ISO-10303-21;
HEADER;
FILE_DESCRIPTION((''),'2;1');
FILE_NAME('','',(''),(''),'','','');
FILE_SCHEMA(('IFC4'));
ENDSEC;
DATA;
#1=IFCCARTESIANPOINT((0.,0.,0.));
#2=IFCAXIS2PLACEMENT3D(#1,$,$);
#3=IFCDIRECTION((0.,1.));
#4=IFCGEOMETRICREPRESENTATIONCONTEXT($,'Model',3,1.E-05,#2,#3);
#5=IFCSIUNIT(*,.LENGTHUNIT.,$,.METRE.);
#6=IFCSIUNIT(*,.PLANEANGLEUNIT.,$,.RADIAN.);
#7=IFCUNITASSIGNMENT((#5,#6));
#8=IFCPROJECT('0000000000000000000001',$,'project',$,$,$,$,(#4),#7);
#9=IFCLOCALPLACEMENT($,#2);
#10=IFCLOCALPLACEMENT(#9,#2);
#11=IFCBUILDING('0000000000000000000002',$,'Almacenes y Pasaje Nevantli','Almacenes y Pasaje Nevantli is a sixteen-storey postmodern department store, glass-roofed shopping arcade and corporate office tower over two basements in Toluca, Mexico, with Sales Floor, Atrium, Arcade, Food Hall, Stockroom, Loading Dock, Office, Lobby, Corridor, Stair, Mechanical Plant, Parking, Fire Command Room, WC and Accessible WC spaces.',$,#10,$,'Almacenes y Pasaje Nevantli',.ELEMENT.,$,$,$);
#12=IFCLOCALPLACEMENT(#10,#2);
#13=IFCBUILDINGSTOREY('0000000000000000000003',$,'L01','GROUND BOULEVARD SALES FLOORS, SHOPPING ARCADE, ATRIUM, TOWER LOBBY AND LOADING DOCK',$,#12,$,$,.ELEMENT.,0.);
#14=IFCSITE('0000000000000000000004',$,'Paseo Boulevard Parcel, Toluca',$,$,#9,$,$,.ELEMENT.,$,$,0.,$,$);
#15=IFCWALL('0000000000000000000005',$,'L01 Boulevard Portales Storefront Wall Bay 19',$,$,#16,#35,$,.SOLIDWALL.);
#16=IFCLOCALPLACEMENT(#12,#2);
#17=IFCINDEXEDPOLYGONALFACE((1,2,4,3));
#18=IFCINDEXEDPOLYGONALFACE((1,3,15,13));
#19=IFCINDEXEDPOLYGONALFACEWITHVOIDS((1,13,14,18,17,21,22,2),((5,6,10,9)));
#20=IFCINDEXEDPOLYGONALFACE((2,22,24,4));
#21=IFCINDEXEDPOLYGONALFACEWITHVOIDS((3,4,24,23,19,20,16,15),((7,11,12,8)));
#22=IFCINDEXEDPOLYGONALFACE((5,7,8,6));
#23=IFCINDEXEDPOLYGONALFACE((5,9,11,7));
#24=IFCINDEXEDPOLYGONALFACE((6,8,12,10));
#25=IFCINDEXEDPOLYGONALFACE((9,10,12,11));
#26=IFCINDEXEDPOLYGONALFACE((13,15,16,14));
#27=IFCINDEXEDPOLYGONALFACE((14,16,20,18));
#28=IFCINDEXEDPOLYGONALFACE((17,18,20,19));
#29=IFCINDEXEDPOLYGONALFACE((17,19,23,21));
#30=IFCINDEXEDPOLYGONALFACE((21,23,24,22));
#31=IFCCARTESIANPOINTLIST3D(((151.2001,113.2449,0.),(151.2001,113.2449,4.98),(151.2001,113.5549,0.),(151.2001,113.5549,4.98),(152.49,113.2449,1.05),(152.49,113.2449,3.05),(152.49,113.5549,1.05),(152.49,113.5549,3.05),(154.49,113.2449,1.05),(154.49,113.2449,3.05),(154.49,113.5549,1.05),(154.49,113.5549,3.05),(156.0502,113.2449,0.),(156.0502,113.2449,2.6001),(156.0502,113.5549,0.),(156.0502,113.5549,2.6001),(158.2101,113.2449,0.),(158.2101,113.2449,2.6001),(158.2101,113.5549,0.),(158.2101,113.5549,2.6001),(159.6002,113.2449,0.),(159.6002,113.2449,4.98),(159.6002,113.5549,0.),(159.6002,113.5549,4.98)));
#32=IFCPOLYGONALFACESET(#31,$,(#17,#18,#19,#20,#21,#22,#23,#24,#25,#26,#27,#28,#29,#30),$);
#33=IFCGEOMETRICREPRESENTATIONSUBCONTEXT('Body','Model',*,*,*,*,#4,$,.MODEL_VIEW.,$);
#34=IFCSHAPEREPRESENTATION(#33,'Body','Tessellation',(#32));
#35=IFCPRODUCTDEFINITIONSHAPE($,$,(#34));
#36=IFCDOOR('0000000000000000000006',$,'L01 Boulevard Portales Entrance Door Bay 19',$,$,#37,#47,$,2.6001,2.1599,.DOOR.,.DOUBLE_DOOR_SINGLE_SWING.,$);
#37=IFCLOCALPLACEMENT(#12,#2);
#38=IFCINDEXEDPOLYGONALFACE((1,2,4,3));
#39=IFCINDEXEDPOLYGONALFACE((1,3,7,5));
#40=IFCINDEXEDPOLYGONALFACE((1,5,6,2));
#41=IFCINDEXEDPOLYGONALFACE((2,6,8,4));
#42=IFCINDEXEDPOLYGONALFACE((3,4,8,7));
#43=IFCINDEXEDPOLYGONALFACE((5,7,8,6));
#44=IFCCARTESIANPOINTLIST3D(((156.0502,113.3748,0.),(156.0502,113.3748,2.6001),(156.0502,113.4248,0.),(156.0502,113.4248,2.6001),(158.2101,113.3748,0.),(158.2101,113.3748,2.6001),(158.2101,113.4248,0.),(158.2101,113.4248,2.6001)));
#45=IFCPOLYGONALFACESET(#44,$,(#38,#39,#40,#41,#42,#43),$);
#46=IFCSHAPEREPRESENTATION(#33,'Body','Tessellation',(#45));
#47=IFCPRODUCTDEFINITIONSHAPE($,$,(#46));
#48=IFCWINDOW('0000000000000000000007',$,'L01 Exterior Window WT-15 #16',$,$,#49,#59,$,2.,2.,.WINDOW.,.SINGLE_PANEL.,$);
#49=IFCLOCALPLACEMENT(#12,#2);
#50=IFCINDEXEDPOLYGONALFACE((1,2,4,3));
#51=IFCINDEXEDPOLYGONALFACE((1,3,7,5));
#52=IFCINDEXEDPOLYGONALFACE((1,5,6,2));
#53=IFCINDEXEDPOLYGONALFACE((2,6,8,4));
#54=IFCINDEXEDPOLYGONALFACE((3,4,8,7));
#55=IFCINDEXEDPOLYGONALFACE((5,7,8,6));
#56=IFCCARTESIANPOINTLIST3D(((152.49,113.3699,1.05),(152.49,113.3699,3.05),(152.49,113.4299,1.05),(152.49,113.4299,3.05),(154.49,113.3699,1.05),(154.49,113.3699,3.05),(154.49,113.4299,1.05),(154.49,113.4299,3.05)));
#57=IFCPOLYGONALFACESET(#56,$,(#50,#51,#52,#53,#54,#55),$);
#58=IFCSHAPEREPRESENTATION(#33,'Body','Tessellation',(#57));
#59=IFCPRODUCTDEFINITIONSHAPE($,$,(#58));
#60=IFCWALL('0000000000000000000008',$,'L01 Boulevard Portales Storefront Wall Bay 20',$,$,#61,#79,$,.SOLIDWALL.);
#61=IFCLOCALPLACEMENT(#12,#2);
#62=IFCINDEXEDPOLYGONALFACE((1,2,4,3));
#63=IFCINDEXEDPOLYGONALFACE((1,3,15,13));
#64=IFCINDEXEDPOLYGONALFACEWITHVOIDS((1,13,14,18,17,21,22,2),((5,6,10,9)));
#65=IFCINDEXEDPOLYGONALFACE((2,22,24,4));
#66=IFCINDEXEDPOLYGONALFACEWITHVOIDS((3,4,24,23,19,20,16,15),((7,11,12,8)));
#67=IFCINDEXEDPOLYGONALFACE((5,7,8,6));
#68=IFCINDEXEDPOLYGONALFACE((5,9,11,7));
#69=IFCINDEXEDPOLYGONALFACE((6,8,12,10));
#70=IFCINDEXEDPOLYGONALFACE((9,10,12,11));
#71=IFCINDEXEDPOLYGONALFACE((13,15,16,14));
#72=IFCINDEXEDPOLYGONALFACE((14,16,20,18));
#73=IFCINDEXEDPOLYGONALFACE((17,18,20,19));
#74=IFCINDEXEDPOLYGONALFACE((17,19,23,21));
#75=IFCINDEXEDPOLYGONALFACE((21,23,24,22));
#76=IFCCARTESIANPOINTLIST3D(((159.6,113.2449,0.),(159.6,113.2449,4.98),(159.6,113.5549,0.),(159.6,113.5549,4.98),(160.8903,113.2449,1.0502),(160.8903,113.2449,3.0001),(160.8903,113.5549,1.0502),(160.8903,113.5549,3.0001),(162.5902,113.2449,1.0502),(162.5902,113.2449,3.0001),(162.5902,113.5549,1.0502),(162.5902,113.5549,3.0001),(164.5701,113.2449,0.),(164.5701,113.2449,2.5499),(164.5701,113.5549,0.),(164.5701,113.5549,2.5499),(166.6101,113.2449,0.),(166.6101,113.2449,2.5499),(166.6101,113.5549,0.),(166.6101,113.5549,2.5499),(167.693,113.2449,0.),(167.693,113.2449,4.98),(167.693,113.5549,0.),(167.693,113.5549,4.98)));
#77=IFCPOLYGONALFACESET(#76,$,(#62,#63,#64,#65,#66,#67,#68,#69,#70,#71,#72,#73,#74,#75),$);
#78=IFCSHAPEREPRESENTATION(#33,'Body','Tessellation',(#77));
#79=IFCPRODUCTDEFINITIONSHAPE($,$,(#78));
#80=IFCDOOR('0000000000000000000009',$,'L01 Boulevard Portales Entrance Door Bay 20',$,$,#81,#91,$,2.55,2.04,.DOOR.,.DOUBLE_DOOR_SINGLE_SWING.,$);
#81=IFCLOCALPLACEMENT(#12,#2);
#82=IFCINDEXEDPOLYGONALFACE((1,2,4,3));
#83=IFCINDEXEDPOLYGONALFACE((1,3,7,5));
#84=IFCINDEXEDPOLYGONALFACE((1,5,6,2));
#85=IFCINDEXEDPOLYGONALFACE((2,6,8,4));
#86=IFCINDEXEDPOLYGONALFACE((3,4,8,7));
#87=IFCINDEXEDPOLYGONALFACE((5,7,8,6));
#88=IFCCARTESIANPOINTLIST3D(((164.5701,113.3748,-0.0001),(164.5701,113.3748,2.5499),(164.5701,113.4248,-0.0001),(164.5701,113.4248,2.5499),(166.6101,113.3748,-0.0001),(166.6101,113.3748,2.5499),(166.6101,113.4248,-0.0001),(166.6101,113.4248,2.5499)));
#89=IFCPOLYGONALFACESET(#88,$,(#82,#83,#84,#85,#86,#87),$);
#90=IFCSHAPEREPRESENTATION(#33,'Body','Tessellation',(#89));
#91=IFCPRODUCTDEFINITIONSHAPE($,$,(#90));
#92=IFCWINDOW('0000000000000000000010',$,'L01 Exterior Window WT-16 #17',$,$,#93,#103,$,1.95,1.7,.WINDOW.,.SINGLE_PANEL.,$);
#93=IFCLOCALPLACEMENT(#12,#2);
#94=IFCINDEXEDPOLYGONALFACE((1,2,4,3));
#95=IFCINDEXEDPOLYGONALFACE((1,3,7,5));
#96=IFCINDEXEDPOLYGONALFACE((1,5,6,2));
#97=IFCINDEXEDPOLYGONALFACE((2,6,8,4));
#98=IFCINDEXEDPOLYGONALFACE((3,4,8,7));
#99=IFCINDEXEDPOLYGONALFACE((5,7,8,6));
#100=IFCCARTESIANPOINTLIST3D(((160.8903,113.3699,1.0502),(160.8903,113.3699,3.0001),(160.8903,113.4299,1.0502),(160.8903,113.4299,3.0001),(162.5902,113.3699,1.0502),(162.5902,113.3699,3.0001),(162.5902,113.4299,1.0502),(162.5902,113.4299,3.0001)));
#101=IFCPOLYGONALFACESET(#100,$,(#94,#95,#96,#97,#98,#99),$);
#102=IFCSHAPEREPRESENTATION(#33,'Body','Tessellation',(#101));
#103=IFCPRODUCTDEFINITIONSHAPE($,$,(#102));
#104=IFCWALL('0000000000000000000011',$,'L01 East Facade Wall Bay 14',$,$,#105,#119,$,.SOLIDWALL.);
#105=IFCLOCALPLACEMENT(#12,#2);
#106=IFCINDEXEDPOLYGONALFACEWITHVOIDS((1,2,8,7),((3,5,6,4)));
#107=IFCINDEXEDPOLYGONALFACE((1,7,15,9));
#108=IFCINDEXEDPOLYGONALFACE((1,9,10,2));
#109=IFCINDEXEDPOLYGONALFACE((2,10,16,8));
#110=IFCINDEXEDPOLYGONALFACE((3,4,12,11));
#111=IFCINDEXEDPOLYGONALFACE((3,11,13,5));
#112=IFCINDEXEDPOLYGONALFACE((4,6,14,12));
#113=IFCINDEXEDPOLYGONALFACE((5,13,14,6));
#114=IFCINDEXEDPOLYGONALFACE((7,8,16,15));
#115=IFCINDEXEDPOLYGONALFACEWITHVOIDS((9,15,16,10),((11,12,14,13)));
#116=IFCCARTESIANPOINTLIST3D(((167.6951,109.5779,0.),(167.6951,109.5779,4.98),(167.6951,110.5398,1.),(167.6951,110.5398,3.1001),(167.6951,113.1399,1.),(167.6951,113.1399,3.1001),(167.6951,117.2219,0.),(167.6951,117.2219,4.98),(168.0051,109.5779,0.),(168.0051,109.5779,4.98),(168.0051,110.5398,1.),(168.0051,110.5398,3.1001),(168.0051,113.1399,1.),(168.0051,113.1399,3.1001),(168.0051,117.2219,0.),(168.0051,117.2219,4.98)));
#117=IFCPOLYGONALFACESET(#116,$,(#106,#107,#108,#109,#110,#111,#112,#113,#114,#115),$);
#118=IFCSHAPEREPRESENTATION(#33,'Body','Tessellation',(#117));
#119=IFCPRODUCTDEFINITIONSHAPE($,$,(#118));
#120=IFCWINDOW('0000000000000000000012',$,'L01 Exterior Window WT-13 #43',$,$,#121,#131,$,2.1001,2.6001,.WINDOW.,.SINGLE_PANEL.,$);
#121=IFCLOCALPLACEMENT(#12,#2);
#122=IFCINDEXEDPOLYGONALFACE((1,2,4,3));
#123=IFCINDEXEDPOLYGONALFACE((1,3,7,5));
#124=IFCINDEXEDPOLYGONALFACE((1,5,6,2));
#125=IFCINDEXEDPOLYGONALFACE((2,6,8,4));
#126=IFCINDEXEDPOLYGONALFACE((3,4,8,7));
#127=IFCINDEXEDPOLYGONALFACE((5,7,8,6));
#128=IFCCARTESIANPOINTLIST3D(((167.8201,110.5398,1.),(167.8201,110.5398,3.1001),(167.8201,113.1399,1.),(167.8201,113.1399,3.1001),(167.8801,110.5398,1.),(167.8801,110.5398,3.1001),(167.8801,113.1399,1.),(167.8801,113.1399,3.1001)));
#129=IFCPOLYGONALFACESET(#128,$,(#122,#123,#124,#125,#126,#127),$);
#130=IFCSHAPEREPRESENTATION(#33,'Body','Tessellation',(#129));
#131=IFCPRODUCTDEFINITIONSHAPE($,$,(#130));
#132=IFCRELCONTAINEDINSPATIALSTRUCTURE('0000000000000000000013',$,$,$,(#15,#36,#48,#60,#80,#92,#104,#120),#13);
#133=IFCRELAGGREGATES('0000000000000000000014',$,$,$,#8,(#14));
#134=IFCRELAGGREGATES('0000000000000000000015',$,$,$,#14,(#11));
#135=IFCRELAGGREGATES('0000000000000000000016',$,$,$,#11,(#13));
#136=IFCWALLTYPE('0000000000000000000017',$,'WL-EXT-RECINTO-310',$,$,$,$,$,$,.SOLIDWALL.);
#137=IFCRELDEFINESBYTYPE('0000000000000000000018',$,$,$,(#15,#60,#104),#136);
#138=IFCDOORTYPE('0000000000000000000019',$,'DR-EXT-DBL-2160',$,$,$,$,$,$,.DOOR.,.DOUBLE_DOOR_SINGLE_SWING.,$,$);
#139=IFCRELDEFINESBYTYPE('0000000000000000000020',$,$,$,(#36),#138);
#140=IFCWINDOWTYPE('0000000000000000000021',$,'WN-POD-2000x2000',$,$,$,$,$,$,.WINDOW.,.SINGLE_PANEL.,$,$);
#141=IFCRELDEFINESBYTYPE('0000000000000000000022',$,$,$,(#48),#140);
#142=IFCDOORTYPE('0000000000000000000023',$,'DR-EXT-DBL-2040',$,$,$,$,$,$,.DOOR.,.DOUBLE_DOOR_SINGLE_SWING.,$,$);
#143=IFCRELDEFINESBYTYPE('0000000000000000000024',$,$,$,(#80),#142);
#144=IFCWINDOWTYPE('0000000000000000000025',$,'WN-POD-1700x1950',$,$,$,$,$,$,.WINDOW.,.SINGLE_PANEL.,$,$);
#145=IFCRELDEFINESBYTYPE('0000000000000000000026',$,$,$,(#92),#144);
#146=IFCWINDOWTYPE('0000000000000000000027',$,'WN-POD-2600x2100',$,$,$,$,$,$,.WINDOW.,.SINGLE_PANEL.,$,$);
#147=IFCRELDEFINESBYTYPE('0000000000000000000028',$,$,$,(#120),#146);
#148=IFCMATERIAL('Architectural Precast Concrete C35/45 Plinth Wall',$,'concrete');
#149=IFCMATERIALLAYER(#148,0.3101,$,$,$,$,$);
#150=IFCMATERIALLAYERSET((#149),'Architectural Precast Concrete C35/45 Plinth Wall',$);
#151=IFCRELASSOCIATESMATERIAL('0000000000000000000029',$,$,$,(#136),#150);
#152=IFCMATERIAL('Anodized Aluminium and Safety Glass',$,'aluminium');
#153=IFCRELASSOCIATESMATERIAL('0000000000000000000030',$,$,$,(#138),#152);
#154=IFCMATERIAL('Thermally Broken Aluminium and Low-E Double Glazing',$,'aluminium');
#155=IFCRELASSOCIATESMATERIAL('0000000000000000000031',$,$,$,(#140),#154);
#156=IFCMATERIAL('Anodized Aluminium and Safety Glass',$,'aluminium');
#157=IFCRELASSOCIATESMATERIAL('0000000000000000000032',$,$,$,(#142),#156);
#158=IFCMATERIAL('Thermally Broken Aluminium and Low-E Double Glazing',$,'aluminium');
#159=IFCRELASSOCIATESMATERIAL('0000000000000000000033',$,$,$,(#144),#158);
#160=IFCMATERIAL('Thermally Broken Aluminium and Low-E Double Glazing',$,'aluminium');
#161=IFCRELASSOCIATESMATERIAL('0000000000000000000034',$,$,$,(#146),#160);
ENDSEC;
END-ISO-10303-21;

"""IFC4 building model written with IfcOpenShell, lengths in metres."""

from ifc_helpers import new_model, si_unit, direction, frame, frame_2d, origin, place, context, subcontext, project, spatial, rectangle, extrude, material, layer, layer_set, type_object, element, fill, save


model = new_model("IFC4")

# Units and contexts
model_context = context("Model", 3, precision=1e-05, world=origin(), true_north=direction((0.0, 1.0)))
body_context = subcontext(model_context, "Body", "Model", "MODEL_VIEW")
ifc_project = project(units=[si_unit("LENGTHUNIT", "METRE"), si_unit("PLANEANGLEUNIT", "RADIAN")], contexts=[model_context])

# Site, building, storey
site_placement = place(None, origin())
site = spatial("IfcSite", under=ifc_project, at=site_placement, Name="Paseo Boulevard Parcel, Toluca", CompositionType="ELEMENT", RefElevation=0.0)
building_placement = place(site_placement, origin())
building = spatial("IfcBuilding", under=site, at=building_placement, Name="Almacenes y Pasaje Nevantli", Description="Almacenes y Pasaje Nevantli is a sixteen-storey postmodern department store, glass-roofed shopping arcade and corporate office tower over two basements in Toluca, Mexico, with Sales Floor, Atrium, Arcade, Food Hall, Stockroom, Loading Dock, Office, Lobby, Corridor, Stair, Mechanical Plant, Parking, Fire Command Room, WC and Accessible WC spaces.", LongName="Almacenes y Pasaje Nevantli", CompositionType="ELEMENT")
storey_placement = place(building_placement, origin())
storey = spatial("IfcBuildingStorey", under=building, at=storey_placement, Name="L01", Description="GROUND BOULEVARD SALES FLOORS, SHOPPING ARCADE, ATRIUM, TOWER LOBBY AND LOADING DOCK", CompositionType="ELEMENT", Elevation=0.0)

# Walls, openings, doors, windows
ifc_material_1 = material(Name="Architectural Precast Concrete C35/45 Plinth Wall", Category="concrete")
ifc_layer_1 = layer(ifc_material_1, 0.3101)
ifc_layer_set_1 = layer_set([ifc_layer_1], Name="Architectural Precast Concrete C35/45 Plinth Wall")
wall_type_1 = type_object("IfcWallType", Name="WL-EXT-RECINTO-310", PredefinedType="SOLIDWALL", material=ifc_layer_set_1)
wall_1_placement = place(storey_placement, frame((151.2, 113.3999, 0.0), z_axis=(0.0, 0.0, 1.0), x_axis=(1.0, 0.0, 0.0)))
wall_1 = element("IfcWall", 1, at=wall_1_placement, inside=storey, type_object=wall_type_1, Name="L01 Boulevard Portales Storefront Wall Bay 19", PredefinedType="SOLIDWALL", context=body_context, shape_type="SweptSolid", body=[
    extrude(rectangle(XDim=8.4001, YDim=0.3101, at=frame_2d((4.2002, 0.0))), origin(), (0.0, 0.0, 1.0), 4.98),
])
opening_1_placement = place(wall_1_placement, frame((1.29, 0.0, 1.05)))
opening_1 = element("IfcOpeningElement", 2, at=opening_1_placement, cuts=wall_1, PredefinedType="OPENING", context=body_context, shape_type="SweptSolid", body=[
    extrude(rectangle(XDim=2.0, YDim=2.0, at=frame_2d((1.0, 1.0))), frame((0.0, 0.165, 0.0), z_axis=(0.0, -1.0, 0.0), x_axis=(1.0, 0.0, 0.0)), (0.0, 0.0, 1.0), 0.3301),
])
opening_2_placement = place(wall_1_placement, frame((4.8501, 0.0, 0.0)))
opening_2 = element("IfcOpeningElement", 3, at=opening_2_placement, cuts=wall_1, PredefinedType="OPENING", context=body_context, shape_type="SweptSolid", body=[
    extrude(rectangle(XDim=2.1599, YDim=2.6001, at=frame_2d((1.0801, 1.3))), frame((0.0, 0.165, 0.0), z_axis=(0.0, -1.0, 0.0), x_axis=(1.0, 0.0, 0.0)), (0.0, 0.0, 1.0), 0.3301),
])
ifc_material_2 = material(Name="Anodized Aluminium and Safety Glass", Category="aluminium")
door_type_1 = type_object("IfcDoorType", Name="DR-EXT-DBL-2160", OperationType="DOUBLE_DOOR_SINGLE_SWING", PredefinedType="DOOR", material=ifc_material_2)
door_1_placement = place(opening_2_placement, origin())
door_1 = element("IfcDoor", 4, at=door_1_placement, inside=storey, type_object=door_type_1, Name="L01 Boulevard Portales Entrance Door Bay 19", OperationType="DOUBLE_DOOR_SINGLE_SWING", OverallHeight=2.6001, OverallWidth=2.1599, PredefinedType="DOOR", context=body_context, shape_type="SweptSolid", body=[
    extrude(rectangle(XDim=2.1599, YDim=2.6001, at=frame_2d((1.0801, 1.3))), frame((0.0, 0.0249, 0.0), z_axis=(0.0, -1.0, 0.0), x_axis=(1.0, 0.0, 0.0)), (0.0, 0.0, 1.0), 0.05),
])
fill(opening_2, door_1)
ifc_material_3 = material(Name="Thermally Broken Aluminium and Low-E Double Glazing", Category="aluminium")
window_type_1 = type_object("IfcWindowType", Name="WN-POD-2000x2000", PartitioningType="SINGLE_PANEL", PredefinedType="WINDOW", material=ifc_material_3)
window_1_placement = place(opening_1_placement, origin())
window_1 = element("IfcWindow", 5, at=window_1_placement, inside=storey, type_object=window_type_1, Name="L01 Exterior Window WT-15 #16", OverallHeight=2.0, OverallWidth=2.0, PartitioningType="SINGLE_PANEL", PredefinedType="WINDOW", context=body_context, shape_type="SweptSolid", body=[
    extrude(rectangle(XDim=2.0, YDim=2.0, at=frame_2d((1.0, 1.0))), frame((0.0, 0.03, 0.0), z_axis=(0.0, -1.0, 0.0), x_axis=(1.0, 0.0, 0.0)), (0.0, 0.0, 1.0), 0.0601),
])
fill(opening_1, window_1)
wall_2_placement = place(storey_placement, frame((159.6001, 113.3999, 0.0), z_axis=(0.0, 0.0, 1.0), x_axis=(1.0, 0.0, 0.0)))
wall_2 = element("IfcWall", 6, at=wall_2_placement, inside=storey, type_object=wall_type_1, Name="L01 Boulevard Portales Storefront Wall Bay 20", PredefinedType="SOLIDWALL", context=body_context, shape_type="SweptSolid", body=[
    extrude(rectangle(XDim=8.093, YDim=0.3101, at=frame_2d((4.0464, 0.0))), origin(), (0.0, 0.0, 1.0), 4.98),
])
opening_3_placement = place(wall_2_placement, frame((1.29, 0.0, 1.05)))
opening_3 = element("IfcOpeningElement", 7, at=opening_3_placement, cuts=wall_2, PredefinedType="OPENING", context=body_context, shape_type="SweptSolid", body=[
    extrude(rectangle(XDim=1.7, YDim=1.95, at=frame_2d((0.8501, 0.9751))), frame((0.0, 0.165, 0.0), z_axis=(0.0, -1.0, 0.0), x_axis=(1.0, 0.0, 0.0)), (0.0, 0.0, 1.0), 0.3301),
])
opening_4_placement = place(wall_2_placement, frame((4.97, 0.0, 0.0)))
opening_4 = element("IfcOpeningElement", 8, at=opening_4_placement, cuts=wall_2, PredefinedType="OPENING", context=body_context, shape_type="SweptSolid", body=[
    extrude(rectangle(XDim=2.04, YDim=2.55, at=frame_2d((1.02, 1.2749))), frame((0.0, 0.165, 0.0), z_axis=(0.0, -1.0, 0.0), x_axis=(1.0, 0.0, 0.0)), (0.0, 0.0, 1.0), 0.3301),
])
ifc_material_4 = material(Name="Anodized Aluminium and Safety Glass", Category="aluminium")
door_type_2 = type_object("IfcDoorType", Name="DR-EXT-DBL-2040", OperationType="DOUBLE_DOOR_SINGLE_SWING", PredefinedType="DOOR", material=ifc_material_4)
door_2_placement = place(opening_4_placement, origin())
door_2 = element("IfcDoor", 9, at=door_2_placement, inside=storey, type_object=door_type_2, Name="L01 Boulevard Portales Entrance Door Bay 20", OperationType="DOUBLE_DOOR_SINGLE_SWING", OverallHeight=2.55, OverallWidth=2.04, PredefinedType="DOOR", context=body_context, shape_type="SweptSolid", body=[
    extrude(rectangle(XDim=2.04, YDim=2.55, at=frame_2d((1.02, 1.2749))), frame((0.0, 0.0249, 0.0), z_axis=(0.0, -1.0, 0.0), x_axis=(1.0, 0.0, 0.0)), (0.0, 0.0, 1.0), 0.05),
])
fill(opening_4, door_2)
ifc_material_5 = material(Name="Thermally Broken Aluminium and Low-E Double Glazing", Category="aluminium")
window_type_2 = type_object("IfcWindowType", Name="WN-POD-1700x1950", PartitioningType="SINGLE_PANEL", PredefinedType="WINDOW", material=ifc_material_5)
window_2_placement = place(opening_3_placement, origin())
window_2 = element("IfcWindow", 10, at=window_2_placement, inside=storey, type_object=window_type_2, Name="L01 Exterior Window WT-16 #17", OverallHeight=1.95, OverallWidth=1.7, PartitioningType="SINGLE_PANEL", PredefinedType="WINDOW", context=body_context, shape_type="SweptSolid", body=[
    extrude(rectangle(XDim=1.7, YDim=1.95, at=frame_2d((0.8501, 0.9751))), frame((0.0, 0.03, 0.0), z_axis=(0.0, -1.0, 0.0), x_axis=(1.0, 0.0, 0.0)), (0.0, 0.0, 1.0), 0.0601),
])
fill(opening_3, window_2)

# Wall, opening, window
wall_3_placement = place(storey_placement, frame((167.8501, 109.5779, 0.0), z_axis=(0.0, 0.0, 1.0), x_axis=(0.0, 1.0, 0.0)))
wall_3 = element("IfcWall", 11, at=wall_3_placement, inside=storey, type_object=wall_type_1, Name="L01 East Facade Wall Bay 14", PredefinedType="SOLIDWALL", context=body_context, shape_type="SweptSolid", body=[
    extrude(rectangle(XDim=7.644, YDim=0.3101, at=frame_2d((3.822, 0.0))), origin(), (0.0, 0.0, 1.0), 4.98),
])
opening_5_placement = place(wall_3_placement, frame((0.9619, 0.0, 1.0)))
opening_5 = element("IfcOpeningElement", 12, at=opening_5_placement, cuts=wall_3, PredefinedType="OPENING", context=body_context, shape_type="SweptSolid", body=[
    extrude(rectangle(XDim=2.6001, YDim=2.1001, at=frame_2d((1.3, 1.05))), frame((0.0, 0.165, 0.0), z_axis=(0.0, -1.0, 0.0), x_axis=(1.0, 0.0, 0.0)), (0.0, 0.0, 1.0), 0.3301),
])
ifc_material_6 = material(Name="Thermally Broken Aluminium and Low-E Double Glazing", Category="aluminium")
window_type_3 = type_object("IfcWindowType", Name="WN-POD-2600x2100", PartitioningType="SINGLE_PANEL", PredefinedType="WINDOW", material=ifc_material_6)
window_3_placement = place(opening_5_placement, origin())
window_3 = element("IfcWindow", 13, at=window_3_placement, inside=storey, type_object=window_type_3, Name="L01 Exterior Window WT-13 #43", OverallHeight=2.1001, OverallWidth=2.6001, PartitioningType="SINGLE_PANEL", PredefinedType="WINDOW", context=body_context, shape_type="SweptSolid", body=[
    extrude(rectangle(XDim=2.6001, YDim=2.1001, at=frame_2d((1.3, 1.05))), frame((0.0, 0.03, 0.0), z_axis=(0.0, -1.0, 0.0), x_axis=(1.0, 0.0, 0.0)), (0.0, 0.0, 1.0), 0.0601),
])
fill(opening_5, window_3)

save(model, "model.ifc")
